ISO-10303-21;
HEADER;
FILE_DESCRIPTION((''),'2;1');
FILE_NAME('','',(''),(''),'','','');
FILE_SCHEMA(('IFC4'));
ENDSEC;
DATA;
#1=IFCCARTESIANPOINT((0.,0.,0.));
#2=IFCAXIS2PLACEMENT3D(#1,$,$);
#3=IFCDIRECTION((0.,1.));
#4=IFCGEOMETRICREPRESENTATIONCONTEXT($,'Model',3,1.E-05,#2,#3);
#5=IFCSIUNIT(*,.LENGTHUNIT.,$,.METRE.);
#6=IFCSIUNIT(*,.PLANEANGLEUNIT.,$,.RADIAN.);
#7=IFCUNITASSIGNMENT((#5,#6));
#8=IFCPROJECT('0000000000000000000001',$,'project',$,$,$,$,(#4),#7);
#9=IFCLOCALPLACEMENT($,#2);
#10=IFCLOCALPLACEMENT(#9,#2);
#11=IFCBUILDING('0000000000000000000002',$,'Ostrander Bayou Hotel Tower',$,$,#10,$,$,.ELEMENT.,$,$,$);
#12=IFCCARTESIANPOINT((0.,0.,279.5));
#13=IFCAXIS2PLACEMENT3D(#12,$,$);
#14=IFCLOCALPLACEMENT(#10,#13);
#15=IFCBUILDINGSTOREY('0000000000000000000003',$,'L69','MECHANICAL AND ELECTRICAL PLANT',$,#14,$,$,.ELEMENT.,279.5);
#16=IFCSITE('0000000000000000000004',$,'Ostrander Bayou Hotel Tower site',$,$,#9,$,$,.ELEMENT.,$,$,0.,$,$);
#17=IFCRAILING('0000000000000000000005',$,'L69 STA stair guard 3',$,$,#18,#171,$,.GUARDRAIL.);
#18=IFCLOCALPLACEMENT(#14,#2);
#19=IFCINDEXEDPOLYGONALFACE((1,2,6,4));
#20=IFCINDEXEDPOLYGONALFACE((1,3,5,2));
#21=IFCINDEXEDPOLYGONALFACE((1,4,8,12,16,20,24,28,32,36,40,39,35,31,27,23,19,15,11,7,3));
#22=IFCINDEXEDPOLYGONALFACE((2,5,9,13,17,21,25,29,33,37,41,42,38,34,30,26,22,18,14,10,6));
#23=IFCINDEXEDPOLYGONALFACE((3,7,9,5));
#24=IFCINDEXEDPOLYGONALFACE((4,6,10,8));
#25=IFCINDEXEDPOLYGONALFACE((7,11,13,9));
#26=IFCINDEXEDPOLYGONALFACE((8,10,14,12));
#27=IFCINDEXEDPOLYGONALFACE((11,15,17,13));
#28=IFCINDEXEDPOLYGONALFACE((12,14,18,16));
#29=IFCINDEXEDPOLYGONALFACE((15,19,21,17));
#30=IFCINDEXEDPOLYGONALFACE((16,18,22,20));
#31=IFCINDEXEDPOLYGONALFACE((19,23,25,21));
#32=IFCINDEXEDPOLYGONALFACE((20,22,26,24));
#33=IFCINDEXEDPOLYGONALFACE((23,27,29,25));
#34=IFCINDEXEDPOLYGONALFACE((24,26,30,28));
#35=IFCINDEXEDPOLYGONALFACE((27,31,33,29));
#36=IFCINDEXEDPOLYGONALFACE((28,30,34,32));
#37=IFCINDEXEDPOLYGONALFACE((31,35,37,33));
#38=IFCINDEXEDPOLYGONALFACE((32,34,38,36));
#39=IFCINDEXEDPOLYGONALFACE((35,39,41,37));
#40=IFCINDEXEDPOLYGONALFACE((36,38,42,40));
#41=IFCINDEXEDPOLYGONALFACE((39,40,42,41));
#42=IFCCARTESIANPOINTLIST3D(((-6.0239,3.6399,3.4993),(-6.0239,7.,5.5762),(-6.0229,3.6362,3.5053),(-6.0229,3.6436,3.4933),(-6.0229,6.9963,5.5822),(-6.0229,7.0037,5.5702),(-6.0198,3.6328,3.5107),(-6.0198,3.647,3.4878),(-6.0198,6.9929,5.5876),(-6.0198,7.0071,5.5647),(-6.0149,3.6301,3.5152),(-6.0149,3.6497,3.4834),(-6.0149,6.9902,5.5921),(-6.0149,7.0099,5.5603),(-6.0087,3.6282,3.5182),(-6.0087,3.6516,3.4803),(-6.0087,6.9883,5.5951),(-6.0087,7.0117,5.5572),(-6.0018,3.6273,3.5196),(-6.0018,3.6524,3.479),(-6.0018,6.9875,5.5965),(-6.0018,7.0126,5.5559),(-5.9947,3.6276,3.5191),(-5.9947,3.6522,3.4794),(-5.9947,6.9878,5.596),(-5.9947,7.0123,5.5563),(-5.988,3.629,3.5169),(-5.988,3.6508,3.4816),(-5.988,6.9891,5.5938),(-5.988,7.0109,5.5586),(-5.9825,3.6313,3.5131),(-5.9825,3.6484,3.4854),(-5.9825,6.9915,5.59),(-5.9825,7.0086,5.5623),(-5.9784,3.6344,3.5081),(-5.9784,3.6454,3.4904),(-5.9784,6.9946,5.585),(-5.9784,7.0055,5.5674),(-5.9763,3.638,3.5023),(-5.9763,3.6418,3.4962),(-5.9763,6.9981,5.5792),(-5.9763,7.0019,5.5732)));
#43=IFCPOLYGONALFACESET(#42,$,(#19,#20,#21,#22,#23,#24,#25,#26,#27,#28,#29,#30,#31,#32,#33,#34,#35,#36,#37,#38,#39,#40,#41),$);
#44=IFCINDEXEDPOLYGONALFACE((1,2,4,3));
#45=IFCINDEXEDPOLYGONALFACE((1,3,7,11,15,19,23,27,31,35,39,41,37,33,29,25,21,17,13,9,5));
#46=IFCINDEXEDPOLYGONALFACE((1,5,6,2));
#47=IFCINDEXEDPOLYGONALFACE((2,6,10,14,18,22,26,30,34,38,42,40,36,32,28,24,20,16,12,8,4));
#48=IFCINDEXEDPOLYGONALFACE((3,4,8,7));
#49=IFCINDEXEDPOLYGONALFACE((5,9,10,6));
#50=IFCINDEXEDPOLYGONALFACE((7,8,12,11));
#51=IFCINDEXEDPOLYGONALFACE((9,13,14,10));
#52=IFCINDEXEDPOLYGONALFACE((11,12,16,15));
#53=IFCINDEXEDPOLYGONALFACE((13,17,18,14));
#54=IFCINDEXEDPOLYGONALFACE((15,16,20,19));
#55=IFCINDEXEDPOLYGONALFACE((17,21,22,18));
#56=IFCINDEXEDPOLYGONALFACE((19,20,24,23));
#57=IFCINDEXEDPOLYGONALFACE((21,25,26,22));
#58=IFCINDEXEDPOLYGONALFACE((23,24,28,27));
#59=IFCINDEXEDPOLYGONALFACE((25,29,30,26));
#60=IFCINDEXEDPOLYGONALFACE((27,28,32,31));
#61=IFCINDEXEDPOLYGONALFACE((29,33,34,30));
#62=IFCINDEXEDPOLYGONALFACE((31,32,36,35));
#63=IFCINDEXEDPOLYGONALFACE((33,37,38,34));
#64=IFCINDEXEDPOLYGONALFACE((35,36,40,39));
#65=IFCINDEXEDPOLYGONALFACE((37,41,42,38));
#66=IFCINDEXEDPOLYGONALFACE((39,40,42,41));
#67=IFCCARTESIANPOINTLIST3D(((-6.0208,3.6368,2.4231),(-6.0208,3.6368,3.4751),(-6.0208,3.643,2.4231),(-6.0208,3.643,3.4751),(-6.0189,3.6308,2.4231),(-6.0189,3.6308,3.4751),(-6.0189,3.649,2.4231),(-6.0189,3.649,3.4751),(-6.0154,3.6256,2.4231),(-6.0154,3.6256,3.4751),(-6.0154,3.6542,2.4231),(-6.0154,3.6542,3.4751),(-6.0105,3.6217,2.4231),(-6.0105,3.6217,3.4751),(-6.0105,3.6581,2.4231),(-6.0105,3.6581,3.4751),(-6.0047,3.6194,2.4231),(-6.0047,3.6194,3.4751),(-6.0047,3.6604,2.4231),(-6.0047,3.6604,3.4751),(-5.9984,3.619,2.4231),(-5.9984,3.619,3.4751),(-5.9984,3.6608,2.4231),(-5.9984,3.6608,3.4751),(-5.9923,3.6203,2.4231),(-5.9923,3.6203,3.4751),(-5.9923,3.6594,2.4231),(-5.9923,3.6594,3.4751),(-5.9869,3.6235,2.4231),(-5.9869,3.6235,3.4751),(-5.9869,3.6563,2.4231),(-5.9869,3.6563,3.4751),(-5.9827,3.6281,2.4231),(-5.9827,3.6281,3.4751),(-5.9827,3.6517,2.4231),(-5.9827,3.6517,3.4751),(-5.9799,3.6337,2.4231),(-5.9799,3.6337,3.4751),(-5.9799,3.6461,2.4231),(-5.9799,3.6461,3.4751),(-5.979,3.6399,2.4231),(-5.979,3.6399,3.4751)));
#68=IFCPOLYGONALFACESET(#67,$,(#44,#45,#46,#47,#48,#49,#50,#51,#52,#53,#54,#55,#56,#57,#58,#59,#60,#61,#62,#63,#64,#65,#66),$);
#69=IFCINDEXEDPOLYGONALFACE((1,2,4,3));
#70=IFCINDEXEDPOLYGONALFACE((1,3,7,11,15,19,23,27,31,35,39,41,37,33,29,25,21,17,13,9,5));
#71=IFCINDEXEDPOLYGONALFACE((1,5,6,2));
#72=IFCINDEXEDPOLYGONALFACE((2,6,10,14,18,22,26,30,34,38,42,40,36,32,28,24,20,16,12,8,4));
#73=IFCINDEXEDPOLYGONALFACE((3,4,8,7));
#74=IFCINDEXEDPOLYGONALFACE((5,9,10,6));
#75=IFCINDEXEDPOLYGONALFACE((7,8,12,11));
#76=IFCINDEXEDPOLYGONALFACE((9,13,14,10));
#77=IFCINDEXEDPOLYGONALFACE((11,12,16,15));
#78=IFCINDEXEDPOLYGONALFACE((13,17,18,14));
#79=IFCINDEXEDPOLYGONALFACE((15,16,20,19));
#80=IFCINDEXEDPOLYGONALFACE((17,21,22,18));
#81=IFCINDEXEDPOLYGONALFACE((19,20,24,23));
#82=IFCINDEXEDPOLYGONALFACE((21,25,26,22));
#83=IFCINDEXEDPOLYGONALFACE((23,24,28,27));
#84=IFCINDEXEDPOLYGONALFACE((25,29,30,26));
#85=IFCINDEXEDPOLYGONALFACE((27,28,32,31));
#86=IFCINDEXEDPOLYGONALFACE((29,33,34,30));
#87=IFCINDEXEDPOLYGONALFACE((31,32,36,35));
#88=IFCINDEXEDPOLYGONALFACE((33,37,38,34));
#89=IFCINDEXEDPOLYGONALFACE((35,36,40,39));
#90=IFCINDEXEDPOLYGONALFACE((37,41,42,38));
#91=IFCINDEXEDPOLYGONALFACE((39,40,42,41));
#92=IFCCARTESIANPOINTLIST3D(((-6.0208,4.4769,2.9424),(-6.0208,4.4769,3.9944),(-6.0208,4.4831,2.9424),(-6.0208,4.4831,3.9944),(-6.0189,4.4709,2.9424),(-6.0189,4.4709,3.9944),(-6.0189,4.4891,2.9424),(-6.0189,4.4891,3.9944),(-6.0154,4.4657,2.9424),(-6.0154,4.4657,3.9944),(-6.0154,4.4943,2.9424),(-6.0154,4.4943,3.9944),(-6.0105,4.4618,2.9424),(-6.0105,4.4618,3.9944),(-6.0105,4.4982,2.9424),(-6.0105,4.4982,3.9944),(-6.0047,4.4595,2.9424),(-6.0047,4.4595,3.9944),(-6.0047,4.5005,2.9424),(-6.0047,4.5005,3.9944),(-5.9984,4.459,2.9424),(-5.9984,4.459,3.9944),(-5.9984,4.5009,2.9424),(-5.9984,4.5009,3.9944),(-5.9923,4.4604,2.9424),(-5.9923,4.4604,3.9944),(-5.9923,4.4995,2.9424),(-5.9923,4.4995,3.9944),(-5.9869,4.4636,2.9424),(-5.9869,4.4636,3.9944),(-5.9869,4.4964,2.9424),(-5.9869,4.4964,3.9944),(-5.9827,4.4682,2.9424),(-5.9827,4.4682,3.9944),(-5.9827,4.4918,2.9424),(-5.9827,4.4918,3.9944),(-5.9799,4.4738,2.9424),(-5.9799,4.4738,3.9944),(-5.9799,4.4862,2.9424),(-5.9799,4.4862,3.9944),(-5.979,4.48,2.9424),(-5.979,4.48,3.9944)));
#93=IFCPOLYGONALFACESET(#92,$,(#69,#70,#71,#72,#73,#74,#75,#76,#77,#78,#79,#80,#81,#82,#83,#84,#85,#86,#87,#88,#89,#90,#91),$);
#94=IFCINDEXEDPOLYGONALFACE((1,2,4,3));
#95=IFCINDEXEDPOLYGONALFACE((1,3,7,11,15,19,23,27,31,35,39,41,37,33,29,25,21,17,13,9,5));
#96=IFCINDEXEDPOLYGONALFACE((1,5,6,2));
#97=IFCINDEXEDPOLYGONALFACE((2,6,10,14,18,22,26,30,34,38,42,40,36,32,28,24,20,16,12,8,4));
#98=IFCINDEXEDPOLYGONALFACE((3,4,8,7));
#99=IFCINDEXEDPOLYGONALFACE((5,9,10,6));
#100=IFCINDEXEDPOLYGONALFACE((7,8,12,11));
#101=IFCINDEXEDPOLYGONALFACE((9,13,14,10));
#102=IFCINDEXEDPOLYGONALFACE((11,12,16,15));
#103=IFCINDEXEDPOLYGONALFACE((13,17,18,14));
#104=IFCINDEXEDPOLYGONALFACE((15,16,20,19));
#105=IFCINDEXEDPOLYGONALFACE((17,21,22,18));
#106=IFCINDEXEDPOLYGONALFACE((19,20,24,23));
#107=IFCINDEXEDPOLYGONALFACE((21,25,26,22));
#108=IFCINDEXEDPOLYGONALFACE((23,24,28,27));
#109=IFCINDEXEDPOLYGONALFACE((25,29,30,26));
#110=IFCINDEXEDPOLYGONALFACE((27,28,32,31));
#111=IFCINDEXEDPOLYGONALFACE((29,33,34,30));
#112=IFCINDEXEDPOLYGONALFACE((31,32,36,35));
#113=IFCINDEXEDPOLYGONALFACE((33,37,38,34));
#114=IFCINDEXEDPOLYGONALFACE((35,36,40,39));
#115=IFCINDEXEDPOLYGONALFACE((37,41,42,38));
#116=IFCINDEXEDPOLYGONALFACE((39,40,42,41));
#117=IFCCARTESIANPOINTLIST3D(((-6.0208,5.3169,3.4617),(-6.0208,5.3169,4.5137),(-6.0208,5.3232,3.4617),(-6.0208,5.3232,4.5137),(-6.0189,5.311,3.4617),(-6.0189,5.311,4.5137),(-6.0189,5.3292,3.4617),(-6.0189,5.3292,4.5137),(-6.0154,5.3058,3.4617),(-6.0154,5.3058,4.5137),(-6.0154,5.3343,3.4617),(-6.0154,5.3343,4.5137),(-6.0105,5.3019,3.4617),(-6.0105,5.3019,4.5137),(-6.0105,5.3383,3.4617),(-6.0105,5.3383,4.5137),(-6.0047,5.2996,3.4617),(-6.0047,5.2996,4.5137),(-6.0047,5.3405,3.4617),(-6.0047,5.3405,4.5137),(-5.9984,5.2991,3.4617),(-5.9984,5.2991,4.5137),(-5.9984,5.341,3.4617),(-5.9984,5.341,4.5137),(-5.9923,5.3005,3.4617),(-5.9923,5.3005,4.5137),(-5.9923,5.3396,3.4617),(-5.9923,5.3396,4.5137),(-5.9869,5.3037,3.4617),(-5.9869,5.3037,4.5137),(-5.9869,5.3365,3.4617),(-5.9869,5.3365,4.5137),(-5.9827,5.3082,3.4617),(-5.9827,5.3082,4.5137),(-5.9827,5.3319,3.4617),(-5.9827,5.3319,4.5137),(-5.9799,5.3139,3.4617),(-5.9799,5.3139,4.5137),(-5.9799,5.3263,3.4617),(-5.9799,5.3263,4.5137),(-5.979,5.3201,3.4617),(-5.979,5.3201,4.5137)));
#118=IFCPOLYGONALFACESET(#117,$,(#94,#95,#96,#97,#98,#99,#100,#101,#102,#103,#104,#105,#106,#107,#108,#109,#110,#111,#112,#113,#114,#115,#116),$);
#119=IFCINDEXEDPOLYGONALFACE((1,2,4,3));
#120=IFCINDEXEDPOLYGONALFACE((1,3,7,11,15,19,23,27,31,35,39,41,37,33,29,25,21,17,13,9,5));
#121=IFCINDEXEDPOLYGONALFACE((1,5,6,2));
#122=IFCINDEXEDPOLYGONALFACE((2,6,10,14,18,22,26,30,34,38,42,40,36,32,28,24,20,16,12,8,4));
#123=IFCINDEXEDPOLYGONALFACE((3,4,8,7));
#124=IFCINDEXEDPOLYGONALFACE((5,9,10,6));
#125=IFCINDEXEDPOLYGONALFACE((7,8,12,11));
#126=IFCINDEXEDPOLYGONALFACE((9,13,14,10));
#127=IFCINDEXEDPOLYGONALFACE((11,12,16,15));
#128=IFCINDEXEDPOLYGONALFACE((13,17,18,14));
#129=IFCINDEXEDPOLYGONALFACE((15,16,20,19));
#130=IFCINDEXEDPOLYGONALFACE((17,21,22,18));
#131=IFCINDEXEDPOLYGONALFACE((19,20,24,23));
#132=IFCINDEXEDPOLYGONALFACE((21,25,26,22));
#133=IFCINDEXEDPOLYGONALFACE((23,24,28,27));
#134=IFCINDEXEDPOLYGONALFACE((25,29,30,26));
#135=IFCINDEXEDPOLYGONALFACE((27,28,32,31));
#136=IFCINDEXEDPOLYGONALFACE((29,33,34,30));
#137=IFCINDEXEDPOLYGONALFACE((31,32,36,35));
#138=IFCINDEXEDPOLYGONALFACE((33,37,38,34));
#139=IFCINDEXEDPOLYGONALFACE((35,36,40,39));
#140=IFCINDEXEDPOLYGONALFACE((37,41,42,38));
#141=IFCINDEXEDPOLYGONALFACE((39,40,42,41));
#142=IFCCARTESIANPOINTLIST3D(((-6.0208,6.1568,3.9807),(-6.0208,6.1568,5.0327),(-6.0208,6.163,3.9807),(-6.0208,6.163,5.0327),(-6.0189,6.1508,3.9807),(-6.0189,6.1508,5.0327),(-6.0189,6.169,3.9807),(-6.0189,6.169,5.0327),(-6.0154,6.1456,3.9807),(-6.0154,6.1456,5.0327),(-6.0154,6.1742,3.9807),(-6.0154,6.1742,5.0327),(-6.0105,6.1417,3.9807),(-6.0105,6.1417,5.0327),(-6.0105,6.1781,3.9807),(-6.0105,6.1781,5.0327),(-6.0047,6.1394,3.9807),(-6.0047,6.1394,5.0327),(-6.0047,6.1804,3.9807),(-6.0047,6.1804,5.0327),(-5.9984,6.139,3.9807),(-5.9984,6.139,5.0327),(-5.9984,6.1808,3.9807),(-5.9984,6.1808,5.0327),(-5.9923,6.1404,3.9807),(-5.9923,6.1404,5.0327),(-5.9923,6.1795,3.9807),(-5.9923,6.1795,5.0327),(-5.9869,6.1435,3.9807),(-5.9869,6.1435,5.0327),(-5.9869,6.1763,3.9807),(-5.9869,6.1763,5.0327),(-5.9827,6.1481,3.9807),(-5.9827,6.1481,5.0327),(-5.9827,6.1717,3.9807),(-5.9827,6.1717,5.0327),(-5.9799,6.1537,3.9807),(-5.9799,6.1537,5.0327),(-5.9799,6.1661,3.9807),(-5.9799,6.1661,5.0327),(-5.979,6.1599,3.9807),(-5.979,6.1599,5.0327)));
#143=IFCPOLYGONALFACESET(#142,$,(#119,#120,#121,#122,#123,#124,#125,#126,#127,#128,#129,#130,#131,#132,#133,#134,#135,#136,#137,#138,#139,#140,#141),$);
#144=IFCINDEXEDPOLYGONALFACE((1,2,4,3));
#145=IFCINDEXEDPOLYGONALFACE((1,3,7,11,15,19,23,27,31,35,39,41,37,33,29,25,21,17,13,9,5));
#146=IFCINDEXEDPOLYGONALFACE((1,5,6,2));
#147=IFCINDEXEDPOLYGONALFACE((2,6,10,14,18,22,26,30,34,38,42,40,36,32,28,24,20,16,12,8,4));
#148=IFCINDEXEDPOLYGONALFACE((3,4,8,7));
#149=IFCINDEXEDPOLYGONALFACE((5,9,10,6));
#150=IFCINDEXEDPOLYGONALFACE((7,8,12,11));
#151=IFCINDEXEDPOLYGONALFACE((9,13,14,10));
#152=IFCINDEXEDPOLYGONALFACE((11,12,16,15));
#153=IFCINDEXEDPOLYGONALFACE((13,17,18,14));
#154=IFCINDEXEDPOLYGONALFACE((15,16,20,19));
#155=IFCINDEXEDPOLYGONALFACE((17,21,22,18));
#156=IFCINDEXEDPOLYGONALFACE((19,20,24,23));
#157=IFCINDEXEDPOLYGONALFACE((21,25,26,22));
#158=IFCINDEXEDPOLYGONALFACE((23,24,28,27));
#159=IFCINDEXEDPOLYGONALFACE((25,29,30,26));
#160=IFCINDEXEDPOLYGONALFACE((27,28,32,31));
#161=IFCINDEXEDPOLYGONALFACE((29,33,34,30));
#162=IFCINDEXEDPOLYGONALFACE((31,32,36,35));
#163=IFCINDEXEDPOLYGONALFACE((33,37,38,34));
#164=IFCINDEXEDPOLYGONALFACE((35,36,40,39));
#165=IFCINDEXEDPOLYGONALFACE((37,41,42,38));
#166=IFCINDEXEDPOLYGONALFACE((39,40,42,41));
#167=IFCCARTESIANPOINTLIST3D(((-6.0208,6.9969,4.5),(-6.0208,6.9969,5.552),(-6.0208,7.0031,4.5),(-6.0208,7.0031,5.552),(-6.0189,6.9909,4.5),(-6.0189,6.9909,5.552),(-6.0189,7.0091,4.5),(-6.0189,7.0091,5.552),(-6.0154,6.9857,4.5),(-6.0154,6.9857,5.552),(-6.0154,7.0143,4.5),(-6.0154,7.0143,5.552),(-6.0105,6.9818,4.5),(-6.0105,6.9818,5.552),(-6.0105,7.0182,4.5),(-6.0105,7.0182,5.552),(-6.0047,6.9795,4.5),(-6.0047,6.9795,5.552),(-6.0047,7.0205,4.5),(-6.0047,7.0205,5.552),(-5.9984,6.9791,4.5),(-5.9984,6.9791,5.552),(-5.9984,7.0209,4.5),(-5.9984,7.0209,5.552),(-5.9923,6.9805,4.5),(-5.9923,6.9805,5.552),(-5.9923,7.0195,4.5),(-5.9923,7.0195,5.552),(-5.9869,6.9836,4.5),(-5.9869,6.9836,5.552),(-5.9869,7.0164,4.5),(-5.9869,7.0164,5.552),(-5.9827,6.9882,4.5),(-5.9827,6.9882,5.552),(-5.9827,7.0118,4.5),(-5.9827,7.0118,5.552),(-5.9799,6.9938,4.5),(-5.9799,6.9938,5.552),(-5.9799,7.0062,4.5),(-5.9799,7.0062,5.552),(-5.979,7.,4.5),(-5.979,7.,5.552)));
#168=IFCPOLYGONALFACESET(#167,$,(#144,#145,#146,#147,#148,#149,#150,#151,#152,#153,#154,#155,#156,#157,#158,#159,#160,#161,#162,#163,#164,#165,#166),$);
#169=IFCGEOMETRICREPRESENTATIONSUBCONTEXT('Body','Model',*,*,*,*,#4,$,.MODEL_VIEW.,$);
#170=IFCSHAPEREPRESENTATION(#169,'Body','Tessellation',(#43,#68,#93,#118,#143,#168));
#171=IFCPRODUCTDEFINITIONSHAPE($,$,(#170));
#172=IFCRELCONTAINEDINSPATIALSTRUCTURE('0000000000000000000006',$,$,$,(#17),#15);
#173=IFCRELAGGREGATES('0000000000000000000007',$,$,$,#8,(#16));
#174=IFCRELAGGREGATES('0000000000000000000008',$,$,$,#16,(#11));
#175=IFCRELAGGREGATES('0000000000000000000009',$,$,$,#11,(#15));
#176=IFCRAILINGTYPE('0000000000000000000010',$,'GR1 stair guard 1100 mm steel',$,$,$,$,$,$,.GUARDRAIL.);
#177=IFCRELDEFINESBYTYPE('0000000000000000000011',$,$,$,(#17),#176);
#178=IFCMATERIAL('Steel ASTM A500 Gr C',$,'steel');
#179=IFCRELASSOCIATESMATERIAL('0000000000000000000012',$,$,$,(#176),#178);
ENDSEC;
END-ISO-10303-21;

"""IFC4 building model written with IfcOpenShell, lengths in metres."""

from ifc_helpers import new_model, si_unit, direction, frame, origin, origin_2d, place, context, subcontext, project, spatial, circle, extrude, material, type_object, element, save


model = new_model("IFC4")

# Units and contexts
model_context = context("Model", 3, precision=1e-05, world=origin(), true_north=direction((0.0, 1.0)))
body_context = subcontext(model_context, "Body", "Model", "MODEL_VIEW")
ifc_project = project(units=[si_unit("LENGTHUNIT", "METRE"), si_unit("PLANEANGLEUNIT", "RADIAN")], contexts=[model_context])

# Site, building, storey
site_placement = place(None, origin())
site = spatial("IfcSite", under=ifc_project, at=site_placement, Name="Ostrander Bayou Hotel Tower site", CompositionType="ELEMENT", RefElevation=0.0)
building_placement = place(site_placement, origin())
building = spatial("IfcBuilding", under=site, at=building_placement, Name="Ostrander Bayou Hotel Tower", CompositionType="ELEMENT")
storey_placement = place(building_placement, frame((0.0, 0.0, 279.5)))
storey = spatial("IfcBuildingStorey", under=building, at=storey_placement, Name="L69", Description="MECHANICAL AND ELECTRICAL PLANT", CompositionType="ELEMENT", Elevation=279.5)

# Railing
ifc_material_1 = material(Name="Steel ASTM A500 Gr C", Category="steel")
railing_type_1 = type_object("IfcRailingType", Name="GR1 stair guard 1100 mm steel", PredefinedType="GUARDRAIL", material=ifc_material_1)
railing_1_placement = place(storey_placement, frame((-6.0, 3.6399, 2.4231)))
element("IfcRailing", 1, at=railing_1_placement, inside=storey, type_object=railing_type_1, Name="L69 STA stair guard 3", PredefinedType="GUARDRAIL", context=body_context, shape_type="SweptSolid", body=[
    extrude(circle(Radius=0.0239, at=origin_2d()), frame((0.0, 0.0, 1.0762), z_axis=(0.0, 0.850623, 0.525776), x_axis=(-1.0, 0.0, 0.0)), (0.0, 0.0, 1.0), 3.9502),
    extrude(circle(Radius=0.021, at=origin_2d()), origin(), (0.0, 0.0, 1.0), 1.052),
    extrude(circle(Radius=0.021, at=origin_2d()), frame((0.0, 0.8401, 0.5193)), (0.0, 0.0, 1.0), 1.052),
    extrude(circle(Radius=0.021, at=origin_2d()), frame((0.0, 1.6802, 1.0386)), (0.0, 0.0, 1.0), 1.052),
    extrude(circle(Radius=0.021, at=origin_2d()), frame((0.0, 2.52, 1.5576)), (0.0, 0.0, 1.0), 1.052),
    extrude(circle(Radius=0.021, at=origin_2d()), frame((0.0, 3.3601, 2.0769)), (0.0, 0.0, 1.0), 1.052),
])

save(model, "model.ifc")
